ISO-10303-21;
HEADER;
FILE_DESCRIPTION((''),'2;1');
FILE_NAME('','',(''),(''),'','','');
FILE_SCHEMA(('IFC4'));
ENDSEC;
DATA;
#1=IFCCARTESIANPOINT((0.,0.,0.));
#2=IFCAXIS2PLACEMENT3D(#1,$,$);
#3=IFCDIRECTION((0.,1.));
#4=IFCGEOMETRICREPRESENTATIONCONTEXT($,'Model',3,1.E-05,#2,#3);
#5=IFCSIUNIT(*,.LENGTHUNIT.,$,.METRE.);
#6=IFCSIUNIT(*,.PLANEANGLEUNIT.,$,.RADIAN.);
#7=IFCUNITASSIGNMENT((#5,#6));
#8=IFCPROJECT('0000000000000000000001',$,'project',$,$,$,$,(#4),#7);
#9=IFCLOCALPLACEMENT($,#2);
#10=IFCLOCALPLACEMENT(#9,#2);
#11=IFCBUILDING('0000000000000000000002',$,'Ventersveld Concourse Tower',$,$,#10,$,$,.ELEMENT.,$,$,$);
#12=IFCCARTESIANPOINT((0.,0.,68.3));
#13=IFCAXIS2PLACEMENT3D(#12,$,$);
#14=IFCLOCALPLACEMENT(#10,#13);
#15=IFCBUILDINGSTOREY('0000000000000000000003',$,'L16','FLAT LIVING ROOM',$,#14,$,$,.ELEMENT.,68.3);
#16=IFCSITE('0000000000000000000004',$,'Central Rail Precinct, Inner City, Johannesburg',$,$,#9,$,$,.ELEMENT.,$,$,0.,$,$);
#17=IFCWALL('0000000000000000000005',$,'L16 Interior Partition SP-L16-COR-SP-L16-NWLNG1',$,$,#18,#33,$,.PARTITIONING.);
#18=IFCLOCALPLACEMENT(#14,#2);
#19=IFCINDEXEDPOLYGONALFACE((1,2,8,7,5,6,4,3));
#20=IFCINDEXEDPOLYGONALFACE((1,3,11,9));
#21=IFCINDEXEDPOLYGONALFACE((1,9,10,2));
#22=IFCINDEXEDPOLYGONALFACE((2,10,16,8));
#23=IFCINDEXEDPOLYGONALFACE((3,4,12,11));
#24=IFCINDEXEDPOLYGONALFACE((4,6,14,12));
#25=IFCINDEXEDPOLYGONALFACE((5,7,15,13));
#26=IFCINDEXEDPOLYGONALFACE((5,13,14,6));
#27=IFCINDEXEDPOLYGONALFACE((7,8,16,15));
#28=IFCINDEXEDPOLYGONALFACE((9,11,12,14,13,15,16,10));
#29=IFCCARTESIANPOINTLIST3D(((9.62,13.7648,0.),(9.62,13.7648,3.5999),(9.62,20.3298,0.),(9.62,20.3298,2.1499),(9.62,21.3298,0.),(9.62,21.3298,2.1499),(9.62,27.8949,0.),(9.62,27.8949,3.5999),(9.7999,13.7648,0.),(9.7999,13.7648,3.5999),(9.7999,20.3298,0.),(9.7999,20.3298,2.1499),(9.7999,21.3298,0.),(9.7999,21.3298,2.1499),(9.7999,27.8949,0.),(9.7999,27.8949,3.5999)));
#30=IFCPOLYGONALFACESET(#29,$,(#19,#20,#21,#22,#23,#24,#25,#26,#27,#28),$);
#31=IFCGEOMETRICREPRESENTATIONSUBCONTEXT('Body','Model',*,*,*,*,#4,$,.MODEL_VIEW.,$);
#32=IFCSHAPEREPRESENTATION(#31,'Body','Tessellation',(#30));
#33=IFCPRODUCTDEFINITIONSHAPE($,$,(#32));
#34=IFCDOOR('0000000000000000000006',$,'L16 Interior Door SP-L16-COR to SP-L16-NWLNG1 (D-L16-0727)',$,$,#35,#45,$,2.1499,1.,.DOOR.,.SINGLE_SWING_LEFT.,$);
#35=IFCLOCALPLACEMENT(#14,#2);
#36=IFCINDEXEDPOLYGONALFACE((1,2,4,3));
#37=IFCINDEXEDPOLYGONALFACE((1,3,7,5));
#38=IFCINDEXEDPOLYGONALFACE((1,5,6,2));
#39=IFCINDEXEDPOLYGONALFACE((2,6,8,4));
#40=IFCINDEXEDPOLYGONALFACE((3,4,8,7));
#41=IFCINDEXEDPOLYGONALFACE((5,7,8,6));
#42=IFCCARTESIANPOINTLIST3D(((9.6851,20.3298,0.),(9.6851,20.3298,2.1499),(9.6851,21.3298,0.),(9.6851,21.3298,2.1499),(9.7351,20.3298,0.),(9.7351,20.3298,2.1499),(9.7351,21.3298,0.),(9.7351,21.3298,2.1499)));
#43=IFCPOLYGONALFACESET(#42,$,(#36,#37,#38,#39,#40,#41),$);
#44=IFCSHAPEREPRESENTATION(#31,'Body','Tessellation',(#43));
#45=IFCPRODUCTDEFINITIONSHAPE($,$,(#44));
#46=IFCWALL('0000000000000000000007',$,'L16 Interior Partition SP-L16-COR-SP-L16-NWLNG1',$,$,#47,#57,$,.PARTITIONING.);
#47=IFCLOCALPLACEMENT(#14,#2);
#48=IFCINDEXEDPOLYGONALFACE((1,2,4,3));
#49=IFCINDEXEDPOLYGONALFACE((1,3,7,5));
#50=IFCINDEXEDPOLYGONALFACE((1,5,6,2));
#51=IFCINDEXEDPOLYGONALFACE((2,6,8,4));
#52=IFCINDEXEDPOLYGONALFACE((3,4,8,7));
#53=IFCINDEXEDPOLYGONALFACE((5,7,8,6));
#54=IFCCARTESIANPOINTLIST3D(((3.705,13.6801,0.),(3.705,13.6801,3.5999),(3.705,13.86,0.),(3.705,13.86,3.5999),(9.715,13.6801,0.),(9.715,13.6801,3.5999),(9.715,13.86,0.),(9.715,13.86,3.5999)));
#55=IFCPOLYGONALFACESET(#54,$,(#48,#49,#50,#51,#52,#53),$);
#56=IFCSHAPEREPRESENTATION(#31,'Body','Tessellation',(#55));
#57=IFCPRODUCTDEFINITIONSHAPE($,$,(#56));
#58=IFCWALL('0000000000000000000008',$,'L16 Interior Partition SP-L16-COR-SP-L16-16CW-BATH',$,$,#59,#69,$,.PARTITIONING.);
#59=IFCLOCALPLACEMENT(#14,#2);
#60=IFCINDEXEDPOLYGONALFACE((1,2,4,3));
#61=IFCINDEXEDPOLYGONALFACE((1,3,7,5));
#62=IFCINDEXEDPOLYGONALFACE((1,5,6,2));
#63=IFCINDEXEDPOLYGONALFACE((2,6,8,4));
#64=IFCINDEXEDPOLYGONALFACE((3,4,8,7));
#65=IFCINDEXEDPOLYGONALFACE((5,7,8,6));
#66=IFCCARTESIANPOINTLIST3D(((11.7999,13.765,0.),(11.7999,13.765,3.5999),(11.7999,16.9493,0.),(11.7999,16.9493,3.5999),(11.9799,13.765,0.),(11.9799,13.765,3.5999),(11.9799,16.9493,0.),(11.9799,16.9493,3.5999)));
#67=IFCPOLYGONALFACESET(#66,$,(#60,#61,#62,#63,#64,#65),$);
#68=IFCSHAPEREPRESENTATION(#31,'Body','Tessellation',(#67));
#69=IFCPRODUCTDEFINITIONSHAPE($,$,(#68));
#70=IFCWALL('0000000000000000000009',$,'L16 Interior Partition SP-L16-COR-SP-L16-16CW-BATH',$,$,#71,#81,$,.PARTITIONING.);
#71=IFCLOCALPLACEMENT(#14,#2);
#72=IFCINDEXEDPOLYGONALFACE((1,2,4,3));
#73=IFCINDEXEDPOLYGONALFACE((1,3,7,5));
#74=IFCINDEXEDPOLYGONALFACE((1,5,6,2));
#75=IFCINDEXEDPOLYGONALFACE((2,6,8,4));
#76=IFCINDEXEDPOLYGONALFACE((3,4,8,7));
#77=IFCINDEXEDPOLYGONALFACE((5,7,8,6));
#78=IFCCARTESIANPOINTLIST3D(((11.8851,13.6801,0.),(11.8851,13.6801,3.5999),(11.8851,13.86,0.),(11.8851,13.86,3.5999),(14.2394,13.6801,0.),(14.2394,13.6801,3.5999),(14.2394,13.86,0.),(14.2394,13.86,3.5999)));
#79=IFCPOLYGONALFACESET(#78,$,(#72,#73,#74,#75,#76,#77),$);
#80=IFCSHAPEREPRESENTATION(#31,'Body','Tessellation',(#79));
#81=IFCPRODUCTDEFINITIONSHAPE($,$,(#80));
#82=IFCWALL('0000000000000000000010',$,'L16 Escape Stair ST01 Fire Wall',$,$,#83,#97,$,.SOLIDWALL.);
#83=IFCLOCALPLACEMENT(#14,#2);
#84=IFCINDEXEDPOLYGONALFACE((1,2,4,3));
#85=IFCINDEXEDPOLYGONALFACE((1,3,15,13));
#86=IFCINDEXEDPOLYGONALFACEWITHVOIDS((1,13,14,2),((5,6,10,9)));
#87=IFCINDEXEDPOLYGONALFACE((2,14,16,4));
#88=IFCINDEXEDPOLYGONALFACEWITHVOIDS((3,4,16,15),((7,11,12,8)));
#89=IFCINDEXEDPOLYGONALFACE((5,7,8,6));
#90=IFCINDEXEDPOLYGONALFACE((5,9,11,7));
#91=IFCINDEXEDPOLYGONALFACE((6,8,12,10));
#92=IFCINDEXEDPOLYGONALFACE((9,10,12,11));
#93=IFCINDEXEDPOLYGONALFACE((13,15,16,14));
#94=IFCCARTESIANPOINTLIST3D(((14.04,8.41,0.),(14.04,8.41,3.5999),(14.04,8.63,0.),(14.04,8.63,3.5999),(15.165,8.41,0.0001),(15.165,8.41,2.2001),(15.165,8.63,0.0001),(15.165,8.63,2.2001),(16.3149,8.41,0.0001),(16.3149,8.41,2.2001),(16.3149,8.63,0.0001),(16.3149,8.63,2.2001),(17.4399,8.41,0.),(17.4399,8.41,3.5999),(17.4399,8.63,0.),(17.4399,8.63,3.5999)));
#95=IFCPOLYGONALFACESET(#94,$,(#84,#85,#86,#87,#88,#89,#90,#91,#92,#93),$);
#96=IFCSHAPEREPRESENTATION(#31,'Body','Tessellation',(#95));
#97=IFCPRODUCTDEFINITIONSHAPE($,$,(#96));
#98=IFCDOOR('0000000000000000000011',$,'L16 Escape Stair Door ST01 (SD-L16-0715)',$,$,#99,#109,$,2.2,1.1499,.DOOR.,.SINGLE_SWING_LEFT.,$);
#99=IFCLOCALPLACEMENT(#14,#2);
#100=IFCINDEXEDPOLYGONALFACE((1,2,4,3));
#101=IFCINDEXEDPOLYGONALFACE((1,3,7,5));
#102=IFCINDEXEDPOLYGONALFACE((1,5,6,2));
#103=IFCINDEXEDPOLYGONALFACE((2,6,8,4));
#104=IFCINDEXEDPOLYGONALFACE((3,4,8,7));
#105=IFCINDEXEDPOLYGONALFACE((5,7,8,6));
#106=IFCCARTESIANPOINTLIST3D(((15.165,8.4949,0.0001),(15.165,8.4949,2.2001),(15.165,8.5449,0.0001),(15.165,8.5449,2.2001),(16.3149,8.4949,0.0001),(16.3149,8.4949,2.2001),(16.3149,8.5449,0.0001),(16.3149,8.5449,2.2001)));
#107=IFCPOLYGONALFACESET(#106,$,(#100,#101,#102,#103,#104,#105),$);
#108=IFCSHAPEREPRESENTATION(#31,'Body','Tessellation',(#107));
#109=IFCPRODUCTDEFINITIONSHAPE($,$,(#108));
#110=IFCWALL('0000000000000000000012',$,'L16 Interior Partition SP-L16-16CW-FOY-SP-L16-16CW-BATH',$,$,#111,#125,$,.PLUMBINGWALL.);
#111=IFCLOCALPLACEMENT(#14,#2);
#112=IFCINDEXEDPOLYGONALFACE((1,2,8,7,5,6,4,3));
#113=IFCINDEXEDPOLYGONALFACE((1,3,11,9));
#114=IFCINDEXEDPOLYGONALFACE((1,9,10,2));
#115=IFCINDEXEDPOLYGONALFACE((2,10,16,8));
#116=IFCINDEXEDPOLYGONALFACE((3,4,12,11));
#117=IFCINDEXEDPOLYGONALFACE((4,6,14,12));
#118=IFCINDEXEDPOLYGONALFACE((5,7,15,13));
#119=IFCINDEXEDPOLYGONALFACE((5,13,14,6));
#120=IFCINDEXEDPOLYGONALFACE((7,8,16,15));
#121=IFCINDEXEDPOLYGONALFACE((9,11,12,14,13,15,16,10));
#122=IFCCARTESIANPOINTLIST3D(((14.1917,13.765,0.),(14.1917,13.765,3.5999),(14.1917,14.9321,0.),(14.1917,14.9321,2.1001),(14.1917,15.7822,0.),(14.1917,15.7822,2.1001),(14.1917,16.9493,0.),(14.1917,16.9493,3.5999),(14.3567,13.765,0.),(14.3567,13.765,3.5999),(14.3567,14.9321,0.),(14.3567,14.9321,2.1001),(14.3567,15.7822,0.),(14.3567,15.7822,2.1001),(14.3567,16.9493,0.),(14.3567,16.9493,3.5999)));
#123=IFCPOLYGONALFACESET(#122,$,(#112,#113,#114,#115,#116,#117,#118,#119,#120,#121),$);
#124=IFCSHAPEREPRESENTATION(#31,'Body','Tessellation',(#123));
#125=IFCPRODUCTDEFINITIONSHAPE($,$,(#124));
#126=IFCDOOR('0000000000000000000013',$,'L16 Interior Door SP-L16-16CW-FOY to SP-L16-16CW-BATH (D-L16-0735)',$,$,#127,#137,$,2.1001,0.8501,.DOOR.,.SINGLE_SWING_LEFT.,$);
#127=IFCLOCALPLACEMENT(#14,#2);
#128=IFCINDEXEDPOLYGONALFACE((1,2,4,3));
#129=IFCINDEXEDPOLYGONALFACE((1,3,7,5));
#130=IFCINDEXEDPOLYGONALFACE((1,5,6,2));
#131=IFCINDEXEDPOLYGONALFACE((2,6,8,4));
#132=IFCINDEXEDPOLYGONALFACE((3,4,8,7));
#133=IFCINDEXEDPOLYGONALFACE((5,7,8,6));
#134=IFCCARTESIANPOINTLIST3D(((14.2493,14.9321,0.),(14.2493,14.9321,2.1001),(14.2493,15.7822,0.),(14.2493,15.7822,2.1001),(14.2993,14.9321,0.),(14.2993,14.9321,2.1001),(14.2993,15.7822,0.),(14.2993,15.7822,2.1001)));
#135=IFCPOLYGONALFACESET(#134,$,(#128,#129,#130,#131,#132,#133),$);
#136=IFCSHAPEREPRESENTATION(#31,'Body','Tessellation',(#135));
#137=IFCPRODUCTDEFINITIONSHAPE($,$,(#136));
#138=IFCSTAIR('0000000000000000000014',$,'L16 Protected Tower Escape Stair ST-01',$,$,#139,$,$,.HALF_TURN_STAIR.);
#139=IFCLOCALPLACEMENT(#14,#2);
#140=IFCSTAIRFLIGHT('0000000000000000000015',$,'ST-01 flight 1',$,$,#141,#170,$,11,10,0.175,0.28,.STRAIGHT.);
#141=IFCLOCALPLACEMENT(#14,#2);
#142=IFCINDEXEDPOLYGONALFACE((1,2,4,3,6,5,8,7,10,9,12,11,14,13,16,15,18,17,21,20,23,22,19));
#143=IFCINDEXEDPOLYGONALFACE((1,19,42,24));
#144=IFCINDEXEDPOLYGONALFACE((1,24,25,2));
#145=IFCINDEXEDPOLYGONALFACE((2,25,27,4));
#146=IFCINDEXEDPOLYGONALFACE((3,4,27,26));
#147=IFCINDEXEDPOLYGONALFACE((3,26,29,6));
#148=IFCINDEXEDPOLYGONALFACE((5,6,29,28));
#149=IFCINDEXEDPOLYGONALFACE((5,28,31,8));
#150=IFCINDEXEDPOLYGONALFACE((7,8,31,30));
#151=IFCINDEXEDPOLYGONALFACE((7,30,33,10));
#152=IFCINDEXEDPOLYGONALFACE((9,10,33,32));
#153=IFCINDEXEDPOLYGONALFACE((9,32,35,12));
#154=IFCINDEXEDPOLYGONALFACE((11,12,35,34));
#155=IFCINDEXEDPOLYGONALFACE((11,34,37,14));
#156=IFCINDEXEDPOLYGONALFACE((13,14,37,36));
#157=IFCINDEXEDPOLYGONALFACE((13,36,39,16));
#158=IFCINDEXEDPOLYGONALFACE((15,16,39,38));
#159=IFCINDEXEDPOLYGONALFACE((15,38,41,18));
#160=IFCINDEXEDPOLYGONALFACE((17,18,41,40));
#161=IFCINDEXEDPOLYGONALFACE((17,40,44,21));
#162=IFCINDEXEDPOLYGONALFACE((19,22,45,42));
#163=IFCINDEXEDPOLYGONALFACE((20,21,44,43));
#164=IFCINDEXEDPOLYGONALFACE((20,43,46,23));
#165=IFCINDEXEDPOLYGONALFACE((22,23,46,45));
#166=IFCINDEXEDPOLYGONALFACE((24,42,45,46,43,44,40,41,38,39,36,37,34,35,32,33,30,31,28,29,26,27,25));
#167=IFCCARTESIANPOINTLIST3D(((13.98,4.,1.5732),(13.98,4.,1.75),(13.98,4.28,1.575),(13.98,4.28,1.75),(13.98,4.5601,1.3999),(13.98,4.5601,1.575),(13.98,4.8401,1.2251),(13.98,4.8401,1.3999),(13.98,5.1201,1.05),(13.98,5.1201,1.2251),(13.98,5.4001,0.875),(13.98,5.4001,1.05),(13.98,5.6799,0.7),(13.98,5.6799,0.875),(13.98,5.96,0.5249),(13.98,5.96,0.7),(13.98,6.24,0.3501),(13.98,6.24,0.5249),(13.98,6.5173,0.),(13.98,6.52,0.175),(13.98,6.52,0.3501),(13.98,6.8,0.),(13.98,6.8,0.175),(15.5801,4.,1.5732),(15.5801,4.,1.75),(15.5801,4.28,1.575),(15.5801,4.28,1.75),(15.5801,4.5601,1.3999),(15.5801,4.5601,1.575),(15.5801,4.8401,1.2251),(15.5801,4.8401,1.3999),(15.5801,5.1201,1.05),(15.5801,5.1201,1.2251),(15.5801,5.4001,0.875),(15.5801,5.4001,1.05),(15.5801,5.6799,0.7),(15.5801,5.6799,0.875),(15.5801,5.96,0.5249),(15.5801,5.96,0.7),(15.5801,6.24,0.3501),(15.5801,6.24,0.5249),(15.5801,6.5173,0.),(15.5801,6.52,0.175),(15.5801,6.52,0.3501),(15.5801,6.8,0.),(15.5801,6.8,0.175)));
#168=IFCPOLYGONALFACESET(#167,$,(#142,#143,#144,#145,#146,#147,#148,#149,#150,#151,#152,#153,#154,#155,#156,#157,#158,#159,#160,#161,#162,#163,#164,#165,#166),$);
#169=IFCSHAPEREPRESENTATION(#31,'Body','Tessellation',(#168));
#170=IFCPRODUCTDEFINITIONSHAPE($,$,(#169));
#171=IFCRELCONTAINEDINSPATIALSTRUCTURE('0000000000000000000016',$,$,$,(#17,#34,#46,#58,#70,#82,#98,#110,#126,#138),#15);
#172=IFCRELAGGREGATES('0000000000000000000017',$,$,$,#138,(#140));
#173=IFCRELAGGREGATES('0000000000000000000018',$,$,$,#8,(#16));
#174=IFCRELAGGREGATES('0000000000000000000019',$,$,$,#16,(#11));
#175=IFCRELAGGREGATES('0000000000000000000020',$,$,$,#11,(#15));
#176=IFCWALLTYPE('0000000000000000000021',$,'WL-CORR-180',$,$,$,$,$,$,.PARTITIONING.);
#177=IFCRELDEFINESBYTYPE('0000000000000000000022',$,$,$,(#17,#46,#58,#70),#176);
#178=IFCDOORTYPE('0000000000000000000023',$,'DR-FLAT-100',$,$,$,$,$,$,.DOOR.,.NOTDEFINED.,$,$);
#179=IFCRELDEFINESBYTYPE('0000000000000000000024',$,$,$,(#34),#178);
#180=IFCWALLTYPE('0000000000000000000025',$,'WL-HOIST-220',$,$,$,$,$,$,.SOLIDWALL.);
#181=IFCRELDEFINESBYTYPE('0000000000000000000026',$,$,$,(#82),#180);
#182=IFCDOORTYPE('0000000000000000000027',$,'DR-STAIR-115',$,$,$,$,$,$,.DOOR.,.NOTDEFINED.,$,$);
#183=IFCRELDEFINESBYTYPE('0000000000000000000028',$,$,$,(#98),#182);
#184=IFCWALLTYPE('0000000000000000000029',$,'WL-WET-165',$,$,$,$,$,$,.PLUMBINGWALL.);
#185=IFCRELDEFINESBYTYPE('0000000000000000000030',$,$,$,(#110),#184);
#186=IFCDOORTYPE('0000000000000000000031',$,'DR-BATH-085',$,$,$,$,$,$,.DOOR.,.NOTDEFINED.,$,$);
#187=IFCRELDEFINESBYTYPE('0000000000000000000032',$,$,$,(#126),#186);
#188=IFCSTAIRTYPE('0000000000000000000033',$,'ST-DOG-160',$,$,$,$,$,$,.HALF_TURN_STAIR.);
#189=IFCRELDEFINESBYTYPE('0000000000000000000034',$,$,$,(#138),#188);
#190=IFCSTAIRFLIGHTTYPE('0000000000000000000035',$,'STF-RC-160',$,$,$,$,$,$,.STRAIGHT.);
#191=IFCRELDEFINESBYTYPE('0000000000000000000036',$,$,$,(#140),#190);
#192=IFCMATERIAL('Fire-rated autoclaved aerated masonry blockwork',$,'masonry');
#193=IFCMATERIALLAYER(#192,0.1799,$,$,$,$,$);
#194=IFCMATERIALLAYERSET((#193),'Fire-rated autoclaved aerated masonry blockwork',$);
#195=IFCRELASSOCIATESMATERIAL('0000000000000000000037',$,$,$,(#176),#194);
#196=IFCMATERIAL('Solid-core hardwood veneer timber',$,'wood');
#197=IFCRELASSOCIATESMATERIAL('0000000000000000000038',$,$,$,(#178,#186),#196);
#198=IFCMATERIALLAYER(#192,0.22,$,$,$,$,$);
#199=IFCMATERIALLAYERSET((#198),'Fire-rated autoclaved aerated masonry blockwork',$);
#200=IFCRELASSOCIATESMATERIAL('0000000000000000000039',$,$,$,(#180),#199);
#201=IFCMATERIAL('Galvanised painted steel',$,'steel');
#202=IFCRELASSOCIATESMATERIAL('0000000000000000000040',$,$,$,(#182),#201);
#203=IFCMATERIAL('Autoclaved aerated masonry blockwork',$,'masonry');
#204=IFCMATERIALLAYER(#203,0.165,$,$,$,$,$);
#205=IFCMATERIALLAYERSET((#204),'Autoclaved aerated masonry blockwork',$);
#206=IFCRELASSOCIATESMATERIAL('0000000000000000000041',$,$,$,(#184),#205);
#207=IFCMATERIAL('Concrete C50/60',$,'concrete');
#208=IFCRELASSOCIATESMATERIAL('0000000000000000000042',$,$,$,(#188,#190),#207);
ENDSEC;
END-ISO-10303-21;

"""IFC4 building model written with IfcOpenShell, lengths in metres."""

from ifc_helpers import new_model, si_unit, direction, frame, frame_2d, origin, place, context, subcontext, project, spatial, polyline, rectangle, outline, extrude, material, layer, layer_set, type_object, element, fill, aggregate, save


model = new_model("IFC4")

# Units and contexts
model_context = context("Model", 3, precision=1e-05, world=origin(), true_north=direction((0.0, 1.0)))
body_context = subcontext(model_context, "Body", "Model", "MODEL_VIEW")
ifc_project = project(units=[si_unit("LENGTHUNIT", "METRE"), si_unit("PLANEANGLEUNIT", "RADIAN")], contexts=[model_context])

# Site, building, storey
site_placement = place(None, origin())
site = spatial("IfcSite", under=ifc_project, at=site_placement, Name="Central Rail Precinct, Inner City, Johannesburg", CompositionType="ELEMENT", RefElevation=0.0)
building_placement = place(site_placement, origin())
building = spatial("IfcBuilding", under=site, at=building_placement, Name="Ventersveld Concourse Tower", CompositionType="ELEMENT")
storey_placement = place(building_placement, frame((0.0, 0.0, 68.3)))
storey = spatial("IfcBuildingStorey", under=building, at=storey_placement, Name="L16", Description="FLAT LIVING ROOM", CompositionType="ELEMENT", Elevation=68.3)

# Shared definitions
ifc_material_1 = material(Name="Concrete C50/60", Category="concrete")

# Wall, opening, door
ifc_material_2 = material(Name="Fire-rated autoclaved aerated masonry blockwork", Category="masonry")
ifc_layer_1 = layer(ifc_material_2, 0.1799)
ifc_layer_set_1 = layer_set([ifc_layer_1], Name="Fire-rated autoclaved aerated masonry blockwork")
wall_type_1 = type_object("IfcWallType", Name="WL-CORR-180", PredefinedType="PARTITIONING", material=ifc_layer_set_1)
ifc_material_3 = material(Name="Solid-core hardwood veneer timber", Category="wood")
door_type_1 = type_object("IfcDoorType", Name="DR-FLAT-100", OperationType="NOTDEFINED", PredefinedType="DOOR", material=ifc_material_3)
wall_1_placement = place(storey_placement, frame((9.71, 13.7649, 0.0), z_axis=(0.0, 0.0, 1.0), x_axis=(0.0, 1.0, 0.0)))
wall_1 = element("IfcWall", 1, at=wall_1_placement, inside=storey, type_object=wall_type_1, Name="L16 Interior Partition SP-L16-COR-SP-L16-NWLNG1", PredefinedType="PARTITIONING", context=body_context, shape_type="SweptSolid", body=[
    extrude(rectangle(XDim=14.1301, YDim=0.1799, at=frame_2d((7.0649, 0.0))), origin(), (0.0, 0.0, 1.0), 3.5999),
])
opening_1_placement = place(wall_1_placement, frame((6.5649, 0.0, 0.0)))
opening_1 = element("IfcOpeningElement", 2, at=opening_1_placement, cuts=wall_1, PredefinedType="OPENING", context=body_context, shape_type="SweptSolid", body=[
    extrude(rectangle(XDim=1.0, YDim=2.1499, at=frame_2d((0.5, 1.075))), frame((0.0, 0.1001, 0.0), z_axis=(0.0, -1.0, 0.0), x_axis=(1.0, 0.0, 0.0)), (0.0, 0.0, 1.0), 0.2),
])
door_1_placement = place(opening_1_placement, origin())
door_1 = element("IfcDoor", 3, at=door_1_placement, inside=storey, type_object=door_type_1, Name="L16 Interior Door SP-L16-COR to SP-L16-NWLNG1 (D-L16-0727)", OperationType="SINGLE_SWING_LEFT", OverallHeight=2.1499, OverallWidth=1.0, PredefinedType="DOOR", context=body_context, shape_type="SweptSolid", body=[
    extrude(rectangle(XDim=1.0, YDim=2.1499, at=frame_2d((0.5, 1.075))), frame((0.0, 0.0249, 0.0), z_axis=(0.0, -1.0, 0.0), x_axis=(1.0, 0.0, 0.0)), (0.0, 0.0, 1.0), 0.05),
])
fill(opening_1, door_1)

# Wall
wall_2_placement = place(storey_placement, frame((3.7051, 13.77, 0.0), z_axis=(0.0, 0.0, 1.0), x_axis=(1.0, 0.0, 0.0)))
element("IfcWall", 4, at=wall_2_placement, inside=storey, type_object=wall_type_1, Name="L16 Interior Partition SP-L16-COR-SP-L16-NWLNG1", PredefinedType="PARTITIONING", context=body_context, shape_type="SweptSolid", body=[
    extrude(rectangle(XDim=6.01, YDim=0.1799, at=frame_2d((3.0049, 0.0))), origin(), (0.0, 0.0, 1.0), 3.5999),
])

# Walls
wall_3_placement = place(storey_placement, frame((11.8899, 13.7649, 0.0), z_axis=(0.0, 0.0, 1.0), x_axis=(0.0, 1.0, 0.0)))
element("IfcWall", 5, at=wall_3_placement, inside=storey, type_object=wall_type_1, Name="L16 Interior Partition SP-L16-COR-SP-L16-16CW-BATH", PredefinedType="PARTITIONING", context=body_context, shape_type="SweptSolid", body=[
    extrude(rectangle(XDim=3.1843, YDim=0.1799, at=frame_2d((1.5923, 0.0))), origin(), (0.0, 0.0, 1.0), 3.5999),
])
wall_4_placement = place(storey_placement, frame((11.885, 13.77, 0.0), z_axis=(0.0, 0.0, 1.0), x_axis=(1.0, 0.0, 0.0)))
element("IfcWall", 6, at=wall_4_placement, inside=storey, type_object=wall_type_1, Name="L16 Interior Partition SP-L16-COR-SP-L16-16CW-BATH", PredefinedType="PARTITIONING", context=body_context, shape_type="SweptSolid", body=[
    extrude(rectangle(XDim=2.3542, YDim=0.1799, at=frame_2d((1.1772, 0.0))), origin(), (0.0, 0.0, 1.0), 3.5999),
])

# Walls, openings, doors
ifc_layer_2 = layer(ifc_material_2, 0.22)
ifc_layer_set_2 = layer_set([ifc_layer_2], Name="Fire-rated autoclaved aerated masonry blockwork")
wall_type_2 = type_object("IfcWallType", Name="WL-HOIST-220", PredefinedType="SOLIDWALL", material=ifc_layer_set_2)
wall_5_placement = place(storey_placement, frame((14.04, 8.52, 0.0), z_axis=(0.0, 0.0, 1.0), x_axis=(1.0, 0.0, 0.0)))
wall_5 = element("IfcWall", 7, at=wall_5_placement, inside=storey, type_object=wall_type_2, Name="L16 Escape Stair ST01 Fire Wall", PredefinedType="SOLIDWALL", context=body_context, shape_type="SweptSolid", body=[
    extrude(rectangle(XDim=3.3999, YDim=0.22, at=frame_2d((1.7, 0.0))), origin(), (0.0, 0.0, 1.0), 3.5999),
])
opening_2_placement = place(wall_5_placement, frame((1.125, 0.0, 0.0)))
opening_2 = element("IfcOpeningElement", 8, at=opening_2_placement, cuts=wall_5, PredefinedType="OPENING", context=body_context, shape_type="SweptSolid", body=[
    extrude(rectangle(XDim=1.1499, YDim=2.2, at=frame_2d((0.575, 1.1001))), frame((0.0, 0.1201, 0.0), z_axis=(0.0, -1.0, 0.0), x_axis=(1.0, 0.0, 0.0)), (0.0, 0.0, 1.0), 0.24),
])
ifc_material_4 = material(Name="Galvanised painted steel", Category="steel")
door_type_2 = type_object("IfcDoorType", Name="DR-STAIR-115", OperationType="NOTDEFINED", PredefinedType="DOOR", material=ifc_material_4)
door_2_placement = place(opening_2_placement, origin())
door_2 = element("IfcDoor", 9, at=door_2_placement, inside=storey, type_object=door_type_2, Name="L16 Escape Stair Door ST01 (SD-L16-0715)", OperationType="SINGLE_SWING_LEFT", OverallHeight=2.2, OverallWidth=1.1499, PredefinedType="DOOR", context=body_context, shape_type="SweptSolid", body=[
    extrude(rectangle(XDim=1.1499, YDim=2.2, at=frame_2d((0.575, 1.1001))), frame((0.0, 0.0249, 0.0), z_axis=(0.0, -1.0, 0.0), x_axis=(1.0, 0.0, 0.0)), (0.0, 0.0, 1.0), 0.05),
])
fill(opening_2, door_2)
ifc_material_5 = material(Name="Autoclaved aerated masonry blockwork", Category="masonry")
ifc_layer_3 = layer(ifc_material_5, 0.165)
ifc_layer_set_3 = layer_set([ifc_layer_3], Name="Autoclaved aerated masonry blockwork")
wall_type_3 = type_object("IfcWallType", Name="WL-WET-165", PredefinedType="PLUMBINGWALL", material=ifc_layer_set_3)
wall_6_placement = place(storey_placement, frame((14.2742, 13.7649, 0.0), z_axis=(0.0, 0.0, 1.0), x_axis=(0.0, 1.0, 0.0)))
wall_6 = element("IfcWall", 10, at=wall_6_placement, inside=storey, type_object=wall_type_3, Name="L16 Interior Partition SP-L16-16CW-FOY-SP-L16-16CW-BATH", PredefinedType="PLUMBINGWALL", context=body_context, shape_type="SweptSolid", body=[
    extrude(rectangle(XDim=3.1843, YDim=0.165, at=frame_2d((1.5923, 0.0))), origin(), (0.0, 0.0, 1.0), 3.5999),
])
opening_3_placement = place(wall_6_placement, frame((1.1672, 0.0, 0.0)))
opening_3 = element("IfcOpeningElement", 11, at=opening_3_placement, cuts=wall_6, PredefinedType="OPENING", context=body_context, shape_type="SweptSolid", body=[
    extrude(rectangle(XDim=0.8501, YDim=2.1001, at=frame_2d((0.425, 1.05))), frame((0.0, 0.0925, 0.0), z_axis=(0.0, -1.0, 0.0), x_axis=(1.0, 0.0, 0.0)), (0.0, 0.0, 1.0), 0.1851),
])
door_type_3 = type_object("IfcDoorType", Name="DR-BATH-085", OperationType="NOTDEFINED", PredefinedType="DOOR", material=ifc_material_3)
door_3_placement = place(opening_3_placement, origin())
door_3 = element("IfcDoor", 12, at=door_3_placement, inside=storey, type_object=door_type_3, Name="L16 Interior Door SP-L16-16CW-FOY to SP-L16-16CW-BATH (D-L16-0735)", OperationType="SINGLE_SWING_LEFT", OverallHeight=2.1001, OverallWidth=0.8501, PredefinedType="DOOR", context=body_context, shape_type="SweptSolid", body=[
    extrude(rectangle(XDim=0.8501, YDim=2.1001, at=frame_2d((0.425, 1.05))), frame((0.0, 0.0249, 0.0), z_axis=(0.0, -1.0, 0.0), x_axis=(1.0, 0.0, 0.0)), (0.0, 0.0, 1.0), 0.05),
])
fill(opening_3, door_3)

# Stair, stair flight
stair_type = type_object("IfcStairType", Name="ST-DOG-160", PredefinedType="HALF_TURN_STAIR", material=ifc_material_1)
stair_placement = place(storey_placement, origin())
stair = element("IfcStair", 13, at=stair_placement, inside=storey, type_object=stair_type, Name="L16 Protected Tower Escape Stair ST-01", PredefinedType="HALF_TURN_STAIR")
stair_flight_type = type_object("IfcStairFlightType", Name="STF-RC-160", PredefinedType="STRAIGHT", material=ifc_material_1)
stair_flight_placement = place(storey_placement, frame((14.78, 6.8, 0.0), z_axis=(0.0, 0.0, 1.0), x_axis=(0.0, -1.0, 0.0)))
stair_flight = element("IfcStairFlight", 14, at=stair_flight_placement, type_object=stair_flight_type, Name="ST-01 flight 1", NumberOfRisers=11, NumberOfTreads=10, PredefinedType="STRAIGHT", RiserHeight=0.175, TreadLength=0.28, context=body_context, shape_type="SweptSolid", body=[
    extrude(outline(polyline([(0.0, 0.0), (0.0, 0.175), (0.28, 0.175), (0.28, 0.3501), (0.5601, 0.3501), (0.5601, 0.5249), (0.8401, 0.5249), (0.8401, 0.7), (1.1201, 0.7), (1.1201, 0.875), (1.3999, 0.875), (1.3999, 1.05), (1.6799, 1.05), (1.6799, 1.2251), (1.96, 1.2251), (1.96, 1.3999), (2.24, 1.3999), (2.24, 1.575), (2.52, 1.575), (2.52, 1.75), (2.8, 1.75), (2.8, 1.925), (2.8, 1.5732), (0.2827, 0.0), (0.0, 0.0)])), frame((0.0, 0.8, 0.0), z_axis=(0.0, -1.0, 0.0), x_axis=(1.0, 0.0, 0.0)), (0.0, 0.0, 1.0), 1.6001),
])
aggregate(stair, [stair_flight])

save(model, "model.ifc")
